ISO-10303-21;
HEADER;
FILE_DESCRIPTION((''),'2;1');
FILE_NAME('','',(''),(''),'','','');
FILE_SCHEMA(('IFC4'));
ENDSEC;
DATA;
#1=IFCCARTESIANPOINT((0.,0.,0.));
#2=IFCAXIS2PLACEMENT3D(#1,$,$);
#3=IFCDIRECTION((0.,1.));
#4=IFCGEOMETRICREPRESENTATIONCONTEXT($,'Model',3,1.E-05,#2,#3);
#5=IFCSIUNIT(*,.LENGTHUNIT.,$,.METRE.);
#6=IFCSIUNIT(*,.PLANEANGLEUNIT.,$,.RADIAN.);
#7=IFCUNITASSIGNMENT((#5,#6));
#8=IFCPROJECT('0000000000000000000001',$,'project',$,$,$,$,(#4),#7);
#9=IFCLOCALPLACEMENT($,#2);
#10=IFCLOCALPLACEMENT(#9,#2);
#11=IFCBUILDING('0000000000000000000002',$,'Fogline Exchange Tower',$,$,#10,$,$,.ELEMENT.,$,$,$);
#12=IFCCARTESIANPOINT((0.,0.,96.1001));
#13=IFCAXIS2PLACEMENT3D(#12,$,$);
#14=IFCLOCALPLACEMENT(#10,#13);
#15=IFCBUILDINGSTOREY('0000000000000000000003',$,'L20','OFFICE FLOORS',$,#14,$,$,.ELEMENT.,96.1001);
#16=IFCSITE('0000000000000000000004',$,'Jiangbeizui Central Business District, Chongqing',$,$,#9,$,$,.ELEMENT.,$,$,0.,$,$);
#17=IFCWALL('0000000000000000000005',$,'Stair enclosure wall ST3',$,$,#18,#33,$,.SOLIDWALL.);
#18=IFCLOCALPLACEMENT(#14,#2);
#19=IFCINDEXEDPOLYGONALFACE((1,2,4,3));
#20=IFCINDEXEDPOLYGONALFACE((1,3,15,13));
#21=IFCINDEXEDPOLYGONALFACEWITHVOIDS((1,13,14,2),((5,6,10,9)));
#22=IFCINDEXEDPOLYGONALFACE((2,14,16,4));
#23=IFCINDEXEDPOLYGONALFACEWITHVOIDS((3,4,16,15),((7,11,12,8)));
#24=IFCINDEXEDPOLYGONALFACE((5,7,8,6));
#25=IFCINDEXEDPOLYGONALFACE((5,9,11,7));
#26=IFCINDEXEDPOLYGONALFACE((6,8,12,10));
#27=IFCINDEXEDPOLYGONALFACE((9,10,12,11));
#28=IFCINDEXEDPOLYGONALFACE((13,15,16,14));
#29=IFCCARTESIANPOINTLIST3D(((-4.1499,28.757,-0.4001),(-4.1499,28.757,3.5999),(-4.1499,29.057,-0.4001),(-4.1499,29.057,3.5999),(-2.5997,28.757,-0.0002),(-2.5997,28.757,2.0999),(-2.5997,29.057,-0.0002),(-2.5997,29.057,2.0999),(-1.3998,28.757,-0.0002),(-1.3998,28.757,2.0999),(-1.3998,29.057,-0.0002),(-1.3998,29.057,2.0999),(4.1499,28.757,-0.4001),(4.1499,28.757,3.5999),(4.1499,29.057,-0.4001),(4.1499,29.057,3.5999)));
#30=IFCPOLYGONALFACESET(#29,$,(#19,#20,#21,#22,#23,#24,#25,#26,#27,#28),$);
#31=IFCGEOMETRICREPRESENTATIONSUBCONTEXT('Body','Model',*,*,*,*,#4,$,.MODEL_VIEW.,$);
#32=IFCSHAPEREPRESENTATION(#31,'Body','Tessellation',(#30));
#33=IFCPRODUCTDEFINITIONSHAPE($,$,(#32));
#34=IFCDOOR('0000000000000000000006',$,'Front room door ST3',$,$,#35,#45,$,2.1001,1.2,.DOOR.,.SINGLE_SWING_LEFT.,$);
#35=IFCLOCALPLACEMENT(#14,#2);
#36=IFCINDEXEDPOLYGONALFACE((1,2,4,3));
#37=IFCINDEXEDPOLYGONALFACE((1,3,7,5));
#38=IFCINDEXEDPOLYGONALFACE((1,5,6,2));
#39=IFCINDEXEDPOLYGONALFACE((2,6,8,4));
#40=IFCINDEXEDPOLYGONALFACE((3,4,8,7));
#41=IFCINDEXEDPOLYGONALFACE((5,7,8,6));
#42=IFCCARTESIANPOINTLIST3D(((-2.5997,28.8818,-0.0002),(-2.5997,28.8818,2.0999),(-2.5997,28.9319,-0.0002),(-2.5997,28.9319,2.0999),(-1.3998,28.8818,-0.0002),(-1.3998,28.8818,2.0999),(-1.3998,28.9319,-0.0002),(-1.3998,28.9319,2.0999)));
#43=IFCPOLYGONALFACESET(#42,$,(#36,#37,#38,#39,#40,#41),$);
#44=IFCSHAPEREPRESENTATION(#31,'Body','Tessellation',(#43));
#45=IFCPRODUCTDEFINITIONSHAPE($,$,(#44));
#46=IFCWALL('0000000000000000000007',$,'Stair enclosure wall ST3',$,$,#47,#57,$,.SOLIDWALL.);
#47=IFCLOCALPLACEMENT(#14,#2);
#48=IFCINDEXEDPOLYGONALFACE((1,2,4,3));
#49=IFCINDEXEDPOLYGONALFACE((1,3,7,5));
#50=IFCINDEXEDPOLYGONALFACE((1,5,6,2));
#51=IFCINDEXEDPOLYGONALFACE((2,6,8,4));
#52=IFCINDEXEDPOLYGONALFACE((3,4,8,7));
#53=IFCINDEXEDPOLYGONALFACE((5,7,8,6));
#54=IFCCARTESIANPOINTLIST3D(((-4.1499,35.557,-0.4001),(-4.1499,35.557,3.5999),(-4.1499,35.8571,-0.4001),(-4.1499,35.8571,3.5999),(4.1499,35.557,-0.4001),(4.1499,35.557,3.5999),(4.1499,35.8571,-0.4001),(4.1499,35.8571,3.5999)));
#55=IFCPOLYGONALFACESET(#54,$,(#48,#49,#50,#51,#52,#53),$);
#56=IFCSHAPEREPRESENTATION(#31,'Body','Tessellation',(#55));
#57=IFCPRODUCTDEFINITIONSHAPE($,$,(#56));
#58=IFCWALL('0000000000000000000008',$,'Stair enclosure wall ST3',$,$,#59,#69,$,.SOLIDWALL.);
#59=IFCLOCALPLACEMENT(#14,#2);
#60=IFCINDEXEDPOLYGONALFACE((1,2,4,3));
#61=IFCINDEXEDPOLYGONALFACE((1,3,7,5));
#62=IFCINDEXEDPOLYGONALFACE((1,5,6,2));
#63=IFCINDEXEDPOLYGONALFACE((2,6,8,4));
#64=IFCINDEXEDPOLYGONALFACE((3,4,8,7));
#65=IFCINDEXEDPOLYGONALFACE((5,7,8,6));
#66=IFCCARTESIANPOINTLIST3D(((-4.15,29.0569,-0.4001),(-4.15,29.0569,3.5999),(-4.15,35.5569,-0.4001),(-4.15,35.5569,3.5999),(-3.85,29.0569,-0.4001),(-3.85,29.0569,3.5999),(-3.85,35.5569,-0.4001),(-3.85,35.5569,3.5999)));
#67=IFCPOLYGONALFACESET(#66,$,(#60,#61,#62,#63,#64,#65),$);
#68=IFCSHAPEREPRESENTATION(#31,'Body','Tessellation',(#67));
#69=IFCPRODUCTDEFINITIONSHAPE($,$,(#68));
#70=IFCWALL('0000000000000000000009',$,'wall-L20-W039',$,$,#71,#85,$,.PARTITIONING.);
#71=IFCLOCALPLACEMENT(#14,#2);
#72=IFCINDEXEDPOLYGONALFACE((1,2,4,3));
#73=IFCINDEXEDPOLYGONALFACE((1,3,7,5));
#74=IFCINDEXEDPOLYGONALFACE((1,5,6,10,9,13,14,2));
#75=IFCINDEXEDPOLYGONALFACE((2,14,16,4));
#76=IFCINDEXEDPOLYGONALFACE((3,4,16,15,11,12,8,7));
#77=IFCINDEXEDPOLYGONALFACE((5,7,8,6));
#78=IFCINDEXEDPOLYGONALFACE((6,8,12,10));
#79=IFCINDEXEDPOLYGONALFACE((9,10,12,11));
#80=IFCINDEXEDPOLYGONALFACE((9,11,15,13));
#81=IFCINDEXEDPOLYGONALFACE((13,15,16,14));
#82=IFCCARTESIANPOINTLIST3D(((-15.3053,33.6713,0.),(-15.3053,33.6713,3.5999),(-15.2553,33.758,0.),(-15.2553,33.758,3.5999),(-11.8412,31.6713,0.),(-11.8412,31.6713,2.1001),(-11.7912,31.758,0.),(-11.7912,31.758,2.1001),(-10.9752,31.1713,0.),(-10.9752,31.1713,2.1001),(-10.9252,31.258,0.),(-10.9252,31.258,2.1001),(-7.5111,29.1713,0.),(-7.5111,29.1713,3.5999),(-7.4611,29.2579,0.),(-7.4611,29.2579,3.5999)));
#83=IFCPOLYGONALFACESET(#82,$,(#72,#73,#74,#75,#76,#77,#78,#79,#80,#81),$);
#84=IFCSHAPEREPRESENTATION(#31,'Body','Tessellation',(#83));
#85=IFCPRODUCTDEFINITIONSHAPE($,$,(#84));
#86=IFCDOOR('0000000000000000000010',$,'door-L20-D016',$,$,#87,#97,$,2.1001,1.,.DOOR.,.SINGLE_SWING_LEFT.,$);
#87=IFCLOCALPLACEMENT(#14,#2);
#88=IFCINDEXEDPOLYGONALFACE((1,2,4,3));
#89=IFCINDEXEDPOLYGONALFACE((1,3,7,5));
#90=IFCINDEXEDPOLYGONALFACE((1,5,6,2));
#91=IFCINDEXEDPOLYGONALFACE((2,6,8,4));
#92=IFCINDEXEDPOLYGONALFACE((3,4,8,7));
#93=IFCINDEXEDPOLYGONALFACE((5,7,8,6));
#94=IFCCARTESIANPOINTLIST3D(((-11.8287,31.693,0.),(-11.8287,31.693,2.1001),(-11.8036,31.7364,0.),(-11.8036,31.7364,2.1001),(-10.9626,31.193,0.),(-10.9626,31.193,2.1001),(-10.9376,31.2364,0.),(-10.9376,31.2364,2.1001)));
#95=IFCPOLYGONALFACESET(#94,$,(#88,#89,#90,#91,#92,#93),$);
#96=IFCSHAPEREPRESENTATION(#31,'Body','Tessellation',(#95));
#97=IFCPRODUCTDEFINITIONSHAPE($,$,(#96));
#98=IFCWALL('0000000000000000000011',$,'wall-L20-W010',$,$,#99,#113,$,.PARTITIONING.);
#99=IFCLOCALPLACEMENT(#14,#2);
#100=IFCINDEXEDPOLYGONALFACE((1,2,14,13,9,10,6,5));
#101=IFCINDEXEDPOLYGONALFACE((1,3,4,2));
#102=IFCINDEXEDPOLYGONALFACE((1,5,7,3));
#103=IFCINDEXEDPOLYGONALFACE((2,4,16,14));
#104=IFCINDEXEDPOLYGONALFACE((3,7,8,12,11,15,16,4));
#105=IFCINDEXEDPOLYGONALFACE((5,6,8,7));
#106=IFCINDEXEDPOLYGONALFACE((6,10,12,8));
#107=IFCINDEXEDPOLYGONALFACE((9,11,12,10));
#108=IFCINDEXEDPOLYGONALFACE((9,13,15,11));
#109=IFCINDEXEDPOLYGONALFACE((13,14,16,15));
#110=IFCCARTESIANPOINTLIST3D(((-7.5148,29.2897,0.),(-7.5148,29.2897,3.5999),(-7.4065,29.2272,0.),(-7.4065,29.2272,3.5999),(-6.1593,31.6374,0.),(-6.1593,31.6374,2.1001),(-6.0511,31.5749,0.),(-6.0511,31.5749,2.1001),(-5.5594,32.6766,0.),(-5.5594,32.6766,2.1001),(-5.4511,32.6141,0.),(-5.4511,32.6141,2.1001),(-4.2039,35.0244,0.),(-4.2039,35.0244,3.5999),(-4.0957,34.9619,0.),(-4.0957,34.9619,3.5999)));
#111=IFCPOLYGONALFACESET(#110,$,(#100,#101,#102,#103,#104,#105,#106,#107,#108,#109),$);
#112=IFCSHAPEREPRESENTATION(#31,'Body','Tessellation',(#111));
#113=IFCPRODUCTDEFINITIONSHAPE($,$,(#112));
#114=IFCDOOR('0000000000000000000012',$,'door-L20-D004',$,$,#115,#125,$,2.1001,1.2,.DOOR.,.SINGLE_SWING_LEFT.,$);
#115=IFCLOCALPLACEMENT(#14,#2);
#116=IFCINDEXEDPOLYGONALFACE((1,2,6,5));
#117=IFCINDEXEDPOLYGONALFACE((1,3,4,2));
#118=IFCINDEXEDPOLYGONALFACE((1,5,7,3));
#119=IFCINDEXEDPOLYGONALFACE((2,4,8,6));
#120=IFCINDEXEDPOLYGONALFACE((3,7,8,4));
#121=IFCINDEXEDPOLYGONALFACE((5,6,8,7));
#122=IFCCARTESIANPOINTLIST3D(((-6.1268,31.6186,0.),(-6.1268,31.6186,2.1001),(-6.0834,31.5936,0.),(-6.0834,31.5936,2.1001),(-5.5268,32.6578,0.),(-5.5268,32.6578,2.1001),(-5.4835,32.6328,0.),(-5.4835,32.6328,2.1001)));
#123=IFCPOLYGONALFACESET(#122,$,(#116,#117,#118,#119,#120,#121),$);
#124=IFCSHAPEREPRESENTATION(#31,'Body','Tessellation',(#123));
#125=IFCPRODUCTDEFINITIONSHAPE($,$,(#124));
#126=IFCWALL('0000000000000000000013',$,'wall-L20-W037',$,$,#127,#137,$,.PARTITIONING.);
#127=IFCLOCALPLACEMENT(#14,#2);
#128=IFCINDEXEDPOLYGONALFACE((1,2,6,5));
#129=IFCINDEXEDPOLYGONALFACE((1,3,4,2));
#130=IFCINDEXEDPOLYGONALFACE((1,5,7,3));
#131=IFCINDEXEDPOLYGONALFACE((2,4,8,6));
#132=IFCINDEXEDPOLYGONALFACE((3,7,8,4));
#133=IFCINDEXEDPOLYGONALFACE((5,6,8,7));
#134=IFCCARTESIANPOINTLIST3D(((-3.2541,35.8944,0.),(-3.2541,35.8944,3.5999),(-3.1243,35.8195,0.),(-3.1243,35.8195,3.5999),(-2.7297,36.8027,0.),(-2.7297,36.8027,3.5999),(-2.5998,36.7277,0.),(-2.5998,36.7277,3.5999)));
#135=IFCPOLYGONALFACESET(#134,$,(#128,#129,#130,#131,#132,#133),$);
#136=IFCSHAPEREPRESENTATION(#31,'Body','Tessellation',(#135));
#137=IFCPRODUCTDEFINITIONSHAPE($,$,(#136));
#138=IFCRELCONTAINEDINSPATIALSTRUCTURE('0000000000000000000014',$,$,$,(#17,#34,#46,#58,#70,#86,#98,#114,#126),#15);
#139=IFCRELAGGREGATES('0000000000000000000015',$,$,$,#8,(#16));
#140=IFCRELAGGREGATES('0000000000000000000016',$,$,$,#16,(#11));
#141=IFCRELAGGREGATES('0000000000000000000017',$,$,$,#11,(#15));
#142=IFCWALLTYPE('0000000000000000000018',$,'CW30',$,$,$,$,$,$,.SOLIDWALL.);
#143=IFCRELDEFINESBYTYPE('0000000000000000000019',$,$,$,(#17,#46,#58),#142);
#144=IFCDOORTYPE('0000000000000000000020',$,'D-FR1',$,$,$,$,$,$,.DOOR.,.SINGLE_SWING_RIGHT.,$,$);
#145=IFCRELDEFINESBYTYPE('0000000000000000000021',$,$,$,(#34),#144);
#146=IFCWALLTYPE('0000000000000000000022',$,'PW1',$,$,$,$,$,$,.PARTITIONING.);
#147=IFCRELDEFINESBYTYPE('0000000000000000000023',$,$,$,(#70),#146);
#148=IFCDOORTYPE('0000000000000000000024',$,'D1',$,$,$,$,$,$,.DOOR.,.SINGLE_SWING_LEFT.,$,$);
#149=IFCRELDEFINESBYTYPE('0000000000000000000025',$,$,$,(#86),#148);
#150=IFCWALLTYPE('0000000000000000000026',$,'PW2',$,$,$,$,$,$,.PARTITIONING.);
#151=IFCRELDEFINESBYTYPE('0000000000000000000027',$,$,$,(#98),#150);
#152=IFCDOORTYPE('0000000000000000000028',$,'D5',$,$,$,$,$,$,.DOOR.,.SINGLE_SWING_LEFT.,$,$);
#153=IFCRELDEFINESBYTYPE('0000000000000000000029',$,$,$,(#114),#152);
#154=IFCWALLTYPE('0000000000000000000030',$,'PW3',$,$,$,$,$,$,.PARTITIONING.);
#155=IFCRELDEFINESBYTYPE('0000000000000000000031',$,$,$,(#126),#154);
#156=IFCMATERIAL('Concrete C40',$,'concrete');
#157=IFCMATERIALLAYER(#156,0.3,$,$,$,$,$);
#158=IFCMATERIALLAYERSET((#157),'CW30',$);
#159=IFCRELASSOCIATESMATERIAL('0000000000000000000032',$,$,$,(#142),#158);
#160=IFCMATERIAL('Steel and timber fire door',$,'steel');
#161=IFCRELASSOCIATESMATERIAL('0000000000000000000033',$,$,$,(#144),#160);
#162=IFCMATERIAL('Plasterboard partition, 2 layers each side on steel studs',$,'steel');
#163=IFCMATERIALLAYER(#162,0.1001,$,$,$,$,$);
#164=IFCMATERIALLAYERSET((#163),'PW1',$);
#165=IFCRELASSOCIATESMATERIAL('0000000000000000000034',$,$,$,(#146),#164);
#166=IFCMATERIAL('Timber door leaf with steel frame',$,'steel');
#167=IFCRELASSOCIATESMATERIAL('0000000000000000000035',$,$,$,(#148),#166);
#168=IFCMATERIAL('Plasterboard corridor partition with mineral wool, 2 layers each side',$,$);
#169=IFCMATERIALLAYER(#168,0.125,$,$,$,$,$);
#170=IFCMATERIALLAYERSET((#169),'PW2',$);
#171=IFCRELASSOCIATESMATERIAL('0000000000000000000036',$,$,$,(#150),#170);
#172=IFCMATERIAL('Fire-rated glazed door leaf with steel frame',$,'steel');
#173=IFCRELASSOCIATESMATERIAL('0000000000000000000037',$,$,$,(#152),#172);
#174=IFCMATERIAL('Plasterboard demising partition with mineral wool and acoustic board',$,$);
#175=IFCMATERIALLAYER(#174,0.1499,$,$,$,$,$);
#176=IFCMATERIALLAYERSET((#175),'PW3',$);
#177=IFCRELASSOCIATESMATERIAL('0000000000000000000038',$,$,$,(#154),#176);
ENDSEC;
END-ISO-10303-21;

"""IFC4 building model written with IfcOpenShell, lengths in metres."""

from ifc_helpers import new_model, si_unit, direction, frame, frame_2d, origin, place, context, subcontext, project, spatial, rectangle, extrude, material, layer, layer_set, type_object, element, fill, save


model = new_model("IFC4")

# Units and contexts
model_context = context("Model", 3, precision=1e-05, world=origin(), true_north=direction((0.0, 1.0)))
body_context = subcontext(model_context, "Body", "Model", "MODEL_VIEW")
ifc_project = project(units=[si_unit("LENGTHUNIT", "METRE"), si_unit("PLANEANGLEUNIT", "RADIAN")], contexts=[model_context])

# Site, building, storey
site_placement = place(None, origin())
site = spatial("IfcSite", under=ifc_project, at=site_placement, Name="Jiangbeizui Central Business District, Chongqing", CompositionType="ELEMENT", RefElevation=0.0)
building_placement = place(site_placement, origin())
building = spatial("IfcBuilding", under=site, at=building_placement, Name="Fogline Exchange Tower", CompositionType="ELEMENT")
storey_placement = place(building_placement, frame((0.0, 0.0, 96.1001)))
storey = spatial("IfcBuildingStorey", under=building, at=storey_placement, Name="L20", Description="OFFICE FLOORS", CompositionType="ELEMENT", Elevation=96.1001)

# Shared definitions
ifc_material_1 = material(Name="Concrete C40", Category="concrete")

# Wall, opening, door
ifc_material_2 = material(Name="Steel and timber fire door", Category="steel")
ifc_layer_1 = layer(ifc_material_1, 0.3)
ifc_layer_set_1 = layer_set([ifc_layer_1], Name="CW30")
wall_type_1 = type_object("IfcWallType", Name="CW30", PredefinedType="SOLIDWALL", material=ifc_layer_set_1)
wall_1_placement = place(storey_placement, frame((-4.1499, 28.907, -0.4001), z_axis=(0.0, 0.0, 1.0), x_axis=(1.0, 0.0, 0.0)))
wall_1 = element("IfcWall", 1, at=wall_1_placement, inside=storey, type_object=wall_type_1, Name="Stair enclosure wall ST3", PredefinedType="SOLIDWALL", context=body_context, shape_type="SweptSolid", body=[
    extrude(rectangle(XDim=8.2998, YDim=0.3, at=frame_2d((4.1499, 0.0))), origin(), (0.0, 0.0, 1.0), 4.0),
])
opening_1_placement = place(wall_1_placement, frame((1.55, 0.0, 0.3999)))
opening_1 = element("IfcOpeningElement", 2, at=opening_1_placement, cuts=wall_1, PredefinedType="OPENING", context=body_context, shape_type="SweptSolid", body=[
    extrude(rectangle(XDim=1.2, YDim=2.1001, at=frame_2d((0.6001, 1.05))), frame((0.0, 0.1602, 0.0), z_axis=(0.0, -1.0, 0.0), x_axis=(1.0, 0.0, 0.0)), (0.0, 0.0, 1.0), 0.3201),
])
door_type_1 = type_object("IfcDoorType", Name="D-FR1", OperationType="SINGLE_SWING_RIGHT", PredefinedType="DOOR", material=ifc_material_2)
door_1_placement = place(opening_1_placement, origin())
door_1 = element("IfcDoor", 3, at=door_1_placement, inside=storey, type_object=door_type_1, Name="Front room door ST3", OperationType="SINGLE_SWING_LEFT", OverallHeight=2.1001, OverallWidth=1.2, PredefinedType="DOOR", context=body_context, shape_type="SweptSolid", body=[
    extrude(rectangle(XDim=1.2, YDim=2.1001, at=frame_2d((0.6001, 1.05))), frame((0.0, 0.0249, 0.0), z_axis=(0.0, -1.0, 0.0), x_axis=(1.0, 0.0, 0.0)), (0.0, 0.0, 1.0), 0.05),
])
fill(opening_1, door_1)

# Walls
wall_2_placement = place(storey_placement, frame((-4.1499, 35.707, -0.4001), z_axis=(0.0, 0.0, 1.0), x_axis=(1.0, 0.0, 0.0)))
element("IfcWall", 4, at=wall_2_placement, inside=storey, type_object=wall_type_1, Name="Stair enclosure wall ST3", PredefinedType="SOLIDWALL", context=body_context, shape_type="SweptSolid", body=[
    extrude(rectangle(XDim=8.2998, YDim=0.3, at=frame_2d((4.1499, 0.0))), origin(), (0.0, 0.0, 1.0), 4.0),
])
wall_3_placement = place(storey_placement, frame((-4.0, 29.0569, -0.4001), z_axis=(0.0, 0.0, 1.0), x_axis=(0.0, 1.0, 0.0)))
element("IfcWall", 5, at=wall_3_placement, inside=storey, type_object=wall_type_1, Name="Stair enclosure wall ST3", PredefinedType="SOLIDWALL", context=body_context, shape_type="SweptSolid", body=[
    extrude(rectangle(XDim=6.5, YDim=0.3, at=frame_2d((3.25, 0.0))), origin(), (0.0, 0.0, 1.0), 4.0),
])

# Walls, openings, doors
ifc_material_3 = material(Name="Plasterboard partition, 2 layers each side on steel studs", Category="steel")
ifc_layer_2 = layer(ifc_material_3, 0.1001)
ifc_layer_set_2 = layer_set([ifc_layer_2], Name="PW1")
wall_type_2 = type_object("IfcWallType", Name="PW1", PredefinedType="PARTITIONING", material=ifc_layer_set_2)
wall_4_placement = place(storey_placement, frame((-7.4861, 29.2146, 0.0), z_axis=(0.0, 0.0, 1.0), x_axis=(-0.866024, 0.500002, 0.0)))
wall_4 = element("IfcWall", 6, at=wall_4_placement, inside=storey, type_object=wall_type_2, Name="wall-L20-W039", PredefinedType="PARTITIONING", context=body_context, shape_type="SweptSolid", body=[
    extrude(rectangle(XDim=9.0, YDim=0.1001, at=frame_2d((4.5, 0.0))), origin(), (0.0, 0.0, 1.0), 3.5999),
])
opening_2_placement = place(wall_4_placement, frame((4.0, 0.0, 0.0)))
opening_2 = element("IfcOpeningElement", 7, at=opening_2_placement, cuts=wall_4, PredefinedType="OPENING", context=body_context, shape_type="SweptSolid", body=[
    extrude(rectangle(XDim=1.0, YDim=2.1001, at=frame_2d((0.5, 1.05))), frame((0.0, 0.0601, 0.0), z_axis=(0.0, -1.0, 0.0), x_axis=(1.0, 0.0, 0.0)), (0.0, 0.0, 1.0), 0.1201),
])
ifc_material_4 = material(Name="Timber door leaf with steel frame", Category="steel")
door_type_2 = type_object("IfcDoorType", Name="D1", OperationType="SINGLE_SWING_LEFT", PredefinedType="DOOR", material=ifc_material_4)
door_2_placement = place(opening_2_placement, origin())
door_2 = element("IfcDoor", 8, at=door_2_placement, inside=storey, type_object=door_type_2, Name="door-L20-D016", OperationType="SINGLE_SWING_LEFT", OverallHeight=2.1001, OverallWidth=1.0, PredefinedType="DOOR", context=body_context, shape_type="SweptSolid", body=[
    extrude(rectangle(XDim=1.0, YDim=2.1001, at=frame_2d((0.5, 1.05))), frame((0.0, 0.0249, 0.0), z_axis=(0.0, -1.0, 0.0), x_axis=(1.0, 0.0, 0.0)), (0.0, 0.0, 1.0), 0.05),
])
fill(opening_2, door_2)
ifc_material_5 = material(Name="Plasterboard corridor partition with mineral wool, 2 layers each side")
ifc_layer_3 = layer(ifc_material_5, 0.125)
ifc_layer_set_3 = layer_set([ifc_layer_3], Name="PW2")
wall_type_3 = type_object("IfcWallType", Name="PW2", PredefinedType="PARTITIONING", material=ifc_layer_set_3)
wall_5_placement = place(storey_placement, frame((-7.4607, 29.2583, 0.0), z_axis=(0.0, 0.0, 1.0), x_axis=(0.499989, 0.866031, 0.0)))
wall_5 = element("IfcWall", 9, at=wall_5_placement, inside=storey, type_object=wall_type_3, Name="wall-L20-W010", PredefinedType="PARTITIONING", context=body_context, shape_type="SweptSolid", body=[
    extrude(rectangle(XDim=6.6218, YDim=0.125, at=frame_2d((3.311, 0.0))), origin(), (0.0, 0.0, 1.0), 3.5999),
])
opening_3_placement = place(wall_5_placement, frame((2.7109, 0.0, 0.0)))
opening_3 = element("IfcOpeningElement", 10, at=opening_3_placement, cuts=wall_5, PredefinedType="OPENING", context=body_context, shape_type="SweptSolid", body=[
    extrude(rectangle(XDim=1.2, YDim=2.1001, at=frame_2d((0.6001, 1.05))), frame((0.0, 0.0725, 0.0), z_axis=(0.0, -1.0, 0.0), x_axis=(1.0, 0.0, 0.0)), (0.0, 0.0, 1.0), 0.145),
])
ifc_material_6 = material(Name="Fire-rated glazed door leaf with steel frame", Category="steel")
door_type_3 = type_object("IfcDoorType", Name="D5", OperationType="SINGLE_SWING_LEFT", PredefinedType="DOOR", material=ifc_material_6)
door_3_placement = place(opening_3_placement, origin())
door_3 = element("IfcDoor", 11, at=door_3_placement, inside=storey, type_object=door_type_3, Name="door-L20-D004", OperationType="SINGLE_SWING_LEFT", OverallHeight=2.1001, OverallWidth=1.2, PredefinedType="DOOR", context=body_context, shape_type="SweptSolid", body=[
    extrude(rectangle(XDim=1.2, YDim=2.1001, at=frame_2d((0.6001, 1.05))), frame((0.0, 0.0249, 0.0), z_axis=(0.0, -1.0, 0.0), x_axis=(1.0, 0.0, 0.0)), (0.0, 0.0, 1.0), 0.05),
])
fill(opening_3, door_3)

# Wall
ifc_material_7 = material(Name="Plasterboard demising partition with mineral wool and acoustic board")
ifc_layer_4 = layer(ifc_material_7, 0.1499)
ifc_layer_set_4 = layer_set([ifc_layer_4], Name="PW3")
wall_type_4 = type_object("IfcWallType", Name="PW3", PredefinedType="PARTITIONING", material=ifc_layer_set_4)
wall_6_placement = place(storey_placement, frame((-3.1892, 35.8569, 0.0), z_axis=(0.0, 0.0, 1.0), x_axis=(0.500045, 0.865999, 0.0)))
element("IfcWall", 12, at=wall_6_placement, inside=storey, type_object=wall_type_4, Name="wall-L20-W037", PredefinedType="PARTITIONING", context=body_context, shape_type="SweptSolid", body=[
    extrude(rectangle(XDim=1.0488, YDim=0.1499, at=frame_2d((0.5244, 0.0))), origin(), (0.0, 0.0, 1.0), 3.5999),
])

save(model, "model.ifc")
